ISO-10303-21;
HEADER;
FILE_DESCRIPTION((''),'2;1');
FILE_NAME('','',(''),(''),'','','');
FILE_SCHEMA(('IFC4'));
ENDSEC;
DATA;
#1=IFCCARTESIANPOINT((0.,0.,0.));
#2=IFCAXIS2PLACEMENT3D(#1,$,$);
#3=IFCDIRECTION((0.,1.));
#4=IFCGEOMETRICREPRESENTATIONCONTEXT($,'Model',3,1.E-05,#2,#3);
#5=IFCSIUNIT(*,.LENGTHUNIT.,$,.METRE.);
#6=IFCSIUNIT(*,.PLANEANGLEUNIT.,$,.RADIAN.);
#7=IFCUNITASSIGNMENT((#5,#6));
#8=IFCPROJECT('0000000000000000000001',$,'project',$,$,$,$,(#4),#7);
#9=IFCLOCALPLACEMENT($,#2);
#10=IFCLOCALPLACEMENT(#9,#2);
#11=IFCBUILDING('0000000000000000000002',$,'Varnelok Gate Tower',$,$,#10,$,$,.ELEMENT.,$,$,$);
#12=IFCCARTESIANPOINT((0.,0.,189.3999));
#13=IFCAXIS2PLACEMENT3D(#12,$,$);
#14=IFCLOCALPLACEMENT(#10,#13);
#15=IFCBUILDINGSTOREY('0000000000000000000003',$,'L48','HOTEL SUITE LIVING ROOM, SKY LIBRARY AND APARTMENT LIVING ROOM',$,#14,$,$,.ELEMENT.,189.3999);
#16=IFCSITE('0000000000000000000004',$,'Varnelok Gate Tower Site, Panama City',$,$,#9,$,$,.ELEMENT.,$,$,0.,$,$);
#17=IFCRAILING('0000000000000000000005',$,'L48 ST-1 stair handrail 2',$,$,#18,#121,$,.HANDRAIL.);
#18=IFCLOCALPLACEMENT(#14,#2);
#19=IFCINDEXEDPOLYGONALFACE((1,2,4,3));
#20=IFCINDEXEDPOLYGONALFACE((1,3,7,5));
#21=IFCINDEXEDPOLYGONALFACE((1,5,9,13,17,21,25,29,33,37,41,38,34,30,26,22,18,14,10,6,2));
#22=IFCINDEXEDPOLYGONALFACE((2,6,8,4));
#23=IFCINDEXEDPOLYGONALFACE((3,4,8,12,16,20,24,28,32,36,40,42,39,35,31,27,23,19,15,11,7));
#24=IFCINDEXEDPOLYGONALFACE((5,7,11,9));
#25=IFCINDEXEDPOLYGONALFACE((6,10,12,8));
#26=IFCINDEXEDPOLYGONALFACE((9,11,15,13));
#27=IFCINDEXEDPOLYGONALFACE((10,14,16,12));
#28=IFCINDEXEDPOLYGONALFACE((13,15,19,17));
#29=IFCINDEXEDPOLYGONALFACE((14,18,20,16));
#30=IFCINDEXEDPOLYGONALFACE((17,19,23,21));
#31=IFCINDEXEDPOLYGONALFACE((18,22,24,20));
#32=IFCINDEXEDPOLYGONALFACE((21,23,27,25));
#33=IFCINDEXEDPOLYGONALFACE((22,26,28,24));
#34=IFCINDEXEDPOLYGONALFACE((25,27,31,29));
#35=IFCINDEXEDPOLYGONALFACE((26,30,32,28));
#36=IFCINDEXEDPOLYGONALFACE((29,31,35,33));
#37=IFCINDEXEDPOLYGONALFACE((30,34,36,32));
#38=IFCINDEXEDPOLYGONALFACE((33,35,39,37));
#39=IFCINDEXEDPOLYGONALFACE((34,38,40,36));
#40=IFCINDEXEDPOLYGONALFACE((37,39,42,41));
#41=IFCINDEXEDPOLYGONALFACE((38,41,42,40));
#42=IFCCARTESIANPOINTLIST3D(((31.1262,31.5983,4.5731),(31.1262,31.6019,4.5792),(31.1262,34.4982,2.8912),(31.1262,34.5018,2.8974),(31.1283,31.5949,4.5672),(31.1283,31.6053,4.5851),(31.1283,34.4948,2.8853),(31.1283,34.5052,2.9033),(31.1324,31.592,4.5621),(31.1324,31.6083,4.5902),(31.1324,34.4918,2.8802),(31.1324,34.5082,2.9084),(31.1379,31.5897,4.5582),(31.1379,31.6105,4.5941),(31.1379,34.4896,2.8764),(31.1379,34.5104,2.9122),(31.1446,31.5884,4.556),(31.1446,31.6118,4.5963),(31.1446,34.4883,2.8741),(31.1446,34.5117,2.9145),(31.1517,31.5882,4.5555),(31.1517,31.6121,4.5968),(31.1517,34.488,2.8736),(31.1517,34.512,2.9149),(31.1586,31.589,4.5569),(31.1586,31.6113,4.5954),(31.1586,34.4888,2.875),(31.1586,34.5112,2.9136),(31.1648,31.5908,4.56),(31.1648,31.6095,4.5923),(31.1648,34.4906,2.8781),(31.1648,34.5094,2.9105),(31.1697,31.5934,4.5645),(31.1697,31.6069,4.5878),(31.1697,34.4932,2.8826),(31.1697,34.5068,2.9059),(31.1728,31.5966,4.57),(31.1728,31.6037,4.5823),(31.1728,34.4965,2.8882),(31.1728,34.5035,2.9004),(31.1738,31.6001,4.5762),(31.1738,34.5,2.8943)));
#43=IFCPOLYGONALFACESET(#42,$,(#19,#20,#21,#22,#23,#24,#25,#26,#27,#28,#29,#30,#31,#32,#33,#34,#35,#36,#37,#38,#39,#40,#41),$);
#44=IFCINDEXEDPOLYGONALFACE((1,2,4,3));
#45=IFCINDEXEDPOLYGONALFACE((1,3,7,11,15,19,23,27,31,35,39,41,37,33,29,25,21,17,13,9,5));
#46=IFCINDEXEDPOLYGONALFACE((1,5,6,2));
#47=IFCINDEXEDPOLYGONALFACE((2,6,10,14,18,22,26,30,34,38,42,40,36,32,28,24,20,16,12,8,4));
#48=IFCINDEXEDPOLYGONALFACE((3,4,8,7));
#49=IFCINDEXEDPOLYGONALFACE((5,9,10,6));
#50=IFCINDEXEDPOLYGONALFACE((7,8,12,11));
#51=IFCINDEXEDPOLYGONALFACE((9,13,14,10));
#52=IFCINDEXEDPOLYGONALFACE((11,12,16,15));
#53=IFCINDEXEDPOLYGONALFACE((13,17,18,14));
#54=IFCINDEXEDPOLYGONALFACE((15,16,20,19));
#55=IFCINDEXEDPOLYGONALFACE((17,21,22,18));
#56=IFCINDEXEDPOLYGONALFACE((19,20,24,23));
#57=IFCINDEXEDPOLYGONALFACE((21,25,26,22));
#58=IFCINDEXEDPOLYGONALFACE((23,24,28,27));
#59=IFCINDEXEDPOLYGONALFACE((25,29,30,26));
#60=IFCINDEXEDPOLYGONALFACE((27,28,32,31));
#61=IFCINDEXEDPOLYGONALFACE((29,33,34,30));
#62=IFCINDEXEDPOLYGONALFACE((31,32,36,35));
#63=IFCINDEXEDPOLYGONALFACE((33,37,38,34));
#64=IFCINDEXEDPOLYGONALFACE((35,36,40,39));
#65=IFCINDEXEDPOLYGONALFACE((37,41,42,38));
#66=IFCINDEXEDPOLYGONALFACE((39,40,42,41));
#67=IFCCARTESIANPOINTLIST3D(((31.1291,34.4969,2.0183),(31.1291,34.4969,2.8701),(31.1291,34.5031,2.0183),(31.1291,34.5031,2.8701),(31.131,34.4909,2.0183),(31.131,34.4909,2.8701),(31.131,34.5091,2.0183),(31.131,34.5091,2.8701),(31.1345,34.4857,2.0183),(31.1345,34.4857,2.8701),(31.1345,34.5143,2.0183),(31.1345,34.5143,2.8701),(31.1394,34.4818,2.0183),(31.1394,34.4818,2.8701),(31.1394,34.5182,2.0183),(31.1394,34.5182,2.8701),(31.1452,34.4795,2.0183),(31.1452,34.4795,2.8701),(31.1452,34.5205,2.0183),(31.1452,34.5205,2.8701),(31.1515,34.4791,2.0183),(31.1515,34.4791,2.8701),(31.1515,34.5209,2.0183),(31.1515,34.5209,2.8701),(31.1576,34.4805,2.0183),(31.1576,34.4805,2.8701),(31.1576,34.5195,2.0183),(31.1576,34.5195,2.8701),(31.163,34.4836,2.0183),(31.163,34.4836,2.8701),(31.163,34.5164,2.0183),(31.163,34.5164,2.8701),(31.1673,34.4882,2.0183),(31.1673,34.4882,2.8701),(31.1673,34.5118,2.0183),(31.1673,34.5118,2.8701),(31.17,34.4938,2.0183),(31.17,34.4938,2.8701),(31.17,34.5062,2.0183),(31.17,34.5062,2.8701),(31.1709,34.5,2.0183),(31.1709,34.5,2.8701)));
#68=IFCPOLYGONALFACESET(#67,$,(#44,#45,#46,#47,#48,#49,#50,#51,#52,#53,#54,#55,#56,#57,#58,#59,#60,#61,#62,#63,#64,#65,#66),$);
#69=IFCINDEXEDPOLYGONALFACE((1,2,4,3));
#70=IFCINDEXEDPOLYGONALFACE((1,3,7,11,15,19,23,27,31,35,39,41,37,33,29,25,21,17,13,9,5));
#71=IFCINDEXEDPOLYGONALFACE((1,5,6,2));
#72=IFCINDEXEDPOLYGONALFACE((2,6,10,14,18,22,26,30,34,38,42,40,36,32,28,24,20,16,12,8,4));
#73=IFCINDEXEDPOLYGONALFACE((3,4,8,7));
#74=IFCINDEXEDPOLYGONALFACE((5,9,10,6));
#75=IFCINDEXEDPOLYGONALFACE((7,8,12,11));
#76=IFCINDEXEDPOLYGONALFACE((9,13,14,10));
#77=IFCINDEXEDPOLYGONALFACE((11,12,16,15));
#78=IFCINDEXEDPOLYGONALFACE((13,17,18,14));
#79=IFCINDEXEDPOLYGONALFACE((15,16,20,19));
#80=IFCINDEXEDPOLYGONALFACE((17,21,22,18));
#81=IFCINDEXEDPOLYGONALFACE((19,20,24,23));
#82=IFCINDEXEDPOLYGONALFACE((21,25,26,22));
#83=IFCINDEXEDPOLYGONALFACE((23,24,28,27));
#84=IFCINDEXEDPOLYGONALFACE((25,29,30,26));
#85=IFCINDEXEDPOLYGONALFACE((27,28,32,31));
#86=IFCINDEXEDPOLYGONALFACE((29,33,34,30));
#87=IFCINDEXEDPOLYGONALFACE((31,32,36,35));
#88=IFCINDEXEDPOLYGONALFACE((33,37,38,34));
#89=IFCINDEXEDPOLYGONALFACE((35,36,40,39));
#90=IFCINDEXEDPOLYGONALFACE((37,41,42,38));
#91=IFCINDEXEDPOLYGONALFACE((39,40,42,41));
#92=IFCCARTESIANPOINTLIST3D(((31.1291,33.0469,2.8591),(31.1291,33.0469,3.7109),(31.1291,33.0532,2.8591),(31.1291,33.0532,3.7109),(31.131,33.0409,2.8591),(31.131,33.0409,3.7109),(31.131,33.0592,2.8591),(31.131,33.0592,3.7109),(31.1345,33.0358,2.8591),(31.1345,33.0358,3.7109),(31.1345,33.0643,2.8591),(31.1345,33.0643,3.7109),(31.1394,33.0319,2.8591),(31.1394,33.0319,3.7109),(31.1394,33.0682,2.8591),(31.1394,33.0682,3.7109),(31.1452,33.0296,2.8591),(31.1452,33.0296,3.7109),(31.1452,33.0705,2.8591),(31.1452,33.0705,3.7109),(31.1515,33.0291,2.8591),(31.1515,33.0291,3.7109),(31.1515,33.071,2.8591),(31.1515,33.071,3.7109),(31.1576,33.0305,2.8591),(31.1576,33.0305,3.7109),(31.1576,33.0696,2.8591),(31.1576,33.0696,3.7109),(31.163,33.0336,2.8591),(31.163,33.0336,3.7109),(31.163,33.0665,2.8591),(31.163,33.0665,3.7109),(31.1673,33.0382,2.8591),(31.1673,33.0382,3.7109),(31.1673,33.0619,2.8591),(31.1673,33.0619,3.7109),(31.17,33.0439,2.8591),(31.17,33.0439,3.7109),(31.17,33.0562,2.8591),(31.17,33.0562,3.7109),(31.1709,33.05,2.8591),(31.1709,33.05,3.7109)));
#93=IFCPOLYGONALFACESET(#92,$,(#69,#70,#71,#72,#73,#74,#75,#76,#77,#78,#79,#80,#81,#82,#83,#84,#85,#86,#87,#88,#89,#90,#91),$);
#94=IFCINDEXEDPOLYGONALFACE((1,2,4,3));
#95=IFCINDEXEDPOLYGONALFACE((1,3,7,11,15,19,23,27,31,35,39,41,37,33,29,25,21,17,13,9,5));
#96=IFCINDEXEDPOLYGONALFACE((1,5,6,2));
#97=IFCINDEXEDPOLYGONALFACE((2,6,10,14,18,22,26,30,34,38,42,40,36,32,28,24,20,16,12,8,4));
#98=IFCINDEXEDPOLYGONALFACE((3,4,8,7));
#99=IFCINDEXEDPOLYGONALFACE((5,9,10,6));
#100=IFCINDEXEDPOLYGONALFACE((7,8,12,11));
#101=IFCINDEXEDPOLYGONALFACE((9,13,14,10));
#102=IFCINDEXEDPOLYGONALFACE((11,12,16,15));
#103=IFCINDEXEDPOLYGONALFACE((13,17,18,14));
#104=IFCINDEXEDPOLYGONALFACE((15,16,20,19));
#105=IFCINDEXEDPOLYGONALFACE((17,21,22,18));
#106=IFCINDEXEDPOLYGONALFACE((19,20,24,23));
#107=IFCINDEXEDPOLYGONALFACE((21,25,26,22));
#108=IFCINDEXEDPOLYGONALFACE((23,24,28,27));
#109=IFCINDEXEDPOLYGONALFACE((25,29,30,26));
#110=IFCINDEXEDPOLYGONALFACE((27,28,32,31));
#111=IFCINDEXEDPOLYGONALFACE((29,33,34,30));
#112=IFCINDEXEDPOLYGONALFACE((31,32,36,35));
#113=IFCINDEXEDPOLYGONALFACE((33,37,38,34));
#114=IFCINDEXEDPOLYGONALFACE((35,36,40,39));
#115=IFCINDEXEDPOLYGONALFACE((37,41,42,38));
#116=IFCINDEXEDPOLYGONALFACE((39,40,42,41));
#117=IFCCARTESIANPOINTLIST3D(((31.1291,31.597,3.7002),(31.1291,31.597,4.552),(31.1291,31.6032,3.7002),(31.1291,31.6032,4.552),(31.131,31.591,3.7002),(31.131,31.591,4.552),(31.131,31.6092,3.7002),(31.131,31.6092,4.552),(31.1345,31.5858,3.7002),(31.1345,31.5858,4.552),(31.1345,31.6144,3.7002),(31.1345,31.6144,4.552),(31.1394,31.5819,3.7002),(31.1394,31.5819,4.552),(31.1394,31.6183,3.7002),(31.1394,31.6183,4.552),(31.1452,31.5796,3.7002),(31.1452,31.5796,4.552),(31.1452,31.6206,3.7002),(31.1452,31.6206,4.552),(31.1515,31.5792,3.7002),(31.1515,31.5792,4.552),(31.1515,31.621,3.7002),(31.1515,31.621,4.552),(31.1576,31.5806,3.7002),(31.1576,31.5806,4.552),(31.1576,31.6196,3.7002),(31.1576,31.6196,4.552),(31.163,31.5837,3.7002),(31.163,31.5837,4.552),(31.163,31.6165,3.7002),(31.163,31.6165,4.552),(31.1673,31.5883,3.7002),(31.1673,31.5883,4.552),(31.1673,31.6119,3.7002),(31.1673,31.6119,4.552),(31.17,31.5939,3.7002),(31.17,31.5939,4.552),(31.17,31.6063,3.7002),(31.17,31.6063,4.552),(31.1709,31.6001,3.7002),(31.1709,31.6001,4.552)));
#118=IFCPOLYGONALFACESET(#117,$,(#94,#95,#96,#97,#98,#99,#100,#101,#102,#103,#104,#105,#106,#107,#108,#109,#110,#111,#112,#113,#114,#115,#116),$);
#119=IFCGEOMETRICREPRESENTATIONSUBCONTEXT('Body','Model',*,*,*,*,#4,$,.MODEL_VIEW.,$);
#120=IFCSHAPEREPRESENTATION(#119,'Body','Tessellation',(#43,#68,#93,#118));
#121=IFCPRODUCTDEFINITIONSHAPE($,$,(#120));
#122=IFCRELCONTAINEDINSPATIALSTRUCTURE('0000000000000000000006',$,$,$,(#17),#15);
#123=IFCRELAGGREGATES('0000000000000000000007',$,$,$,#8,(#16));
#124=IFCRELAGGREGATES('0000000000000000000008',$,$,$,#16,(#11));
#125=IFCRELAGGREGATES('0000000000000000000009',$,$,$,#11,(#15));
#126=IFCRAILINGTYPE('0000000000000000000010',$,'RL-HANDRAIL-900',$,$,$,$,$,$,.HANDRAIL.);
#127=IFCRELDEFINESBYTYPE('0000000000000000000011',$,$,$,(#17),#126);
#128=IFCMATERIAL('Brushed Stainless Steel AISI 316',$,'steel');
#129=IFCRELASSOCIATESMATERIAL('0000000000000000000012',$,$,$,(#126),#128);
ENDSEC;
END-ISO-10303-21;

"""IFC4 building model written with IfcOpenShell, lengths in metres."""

from ifc_helpers import new_model, si_unit, direction, frame, origin, origin_2d, place, context, subcontext, project, spatial, circle, extrude, material, type_object, element, save


model = new_model("IFC4")

# Units and contexts
model_context = context("Model", 3, precision=1e-05, world=origin(), true_north=direction((0.0, 1.0)))
body_context = subcontext(model_context, "Body", "Model", "MODEL_VIEW")
ifc_project = project(units=[si_unit("LENGTHUNIT", "METRE"), si_unit("PLANEANGLEUNIT", "RADIAN")], contexts=[model_context])

# Site, building, storey
site_placement = place(None, origin())
site = spatial("IfcSite", under=ifc_project, at=site_placement, Name="Varnelok Gate Tower Site, Panama City", CompositionType="ELEMENT", RefElevation=0.0)
building_placement = place(site_placement, origin())
building = spatial("IfcBuilding", under=site, at=building_placement, Name="Varnelok Gate Tower", CompositionType="ELEMENT")
storey_placement = place(building_placement, frame((0.0, 0.0, 189.3999)))
storey = spatial("IfcBuildingStorey", under=building, at=storey_placement, Name="L48", Description="HOTEL SUITE LIVING ROOM, SKY LIBRARY AND APARTMENT LIVING ROOM", CompositionType="ELEMENT", Elevation=189.3999)

# Railing
ifc_material_1 = material(Name="Brushed Stainless Steel AISI 316", Category="steel")
railing_type_1 = type_object("IfcRailingType", Name="RL-HANDRAIL-900", PredefinedType="HANDRAIL", material=ifc_material_1)
railing_1_placement = place(storey_placement, frame((31.1499, 34.5, 2.0183)))
element("IfcRailing", 1, at=railing_1_placement, inside=storey, type_object=railing_type_1, Name="L48 ST-1 stair handrail 2", PredefinedType="HANDRAIL", context=body_context, shape_type="SweptSolid", body=[
    extrude(circle(Radius=0.0239, at=origin_2d()), frame((0.0, 0.0, 0.876), z_axis=(0.0, -0.865039, 0.501705), x_axis=(1.0, 0.0, 0.0)), (0.0, 0.0, 1.0), 3.3523),
    extrude(circle(Radius=0.021, at=origin_2d()), origin(), (0.0, 0.0, 1.0), 0.8518),
    extrude(circle(Radius=0.021, at=origin_2d()), frame((0.0, -1.45, 0.8408)), (0.0, 0.0, 1.0), 0.8518),
    extrude(circle(Radius=0.021, at=origin_2d()), frame((0.0, -2.8999, 1.6819)), (0.0, 0.0, 1.0), 0.8518),
])

save(model, "model.ifc")
